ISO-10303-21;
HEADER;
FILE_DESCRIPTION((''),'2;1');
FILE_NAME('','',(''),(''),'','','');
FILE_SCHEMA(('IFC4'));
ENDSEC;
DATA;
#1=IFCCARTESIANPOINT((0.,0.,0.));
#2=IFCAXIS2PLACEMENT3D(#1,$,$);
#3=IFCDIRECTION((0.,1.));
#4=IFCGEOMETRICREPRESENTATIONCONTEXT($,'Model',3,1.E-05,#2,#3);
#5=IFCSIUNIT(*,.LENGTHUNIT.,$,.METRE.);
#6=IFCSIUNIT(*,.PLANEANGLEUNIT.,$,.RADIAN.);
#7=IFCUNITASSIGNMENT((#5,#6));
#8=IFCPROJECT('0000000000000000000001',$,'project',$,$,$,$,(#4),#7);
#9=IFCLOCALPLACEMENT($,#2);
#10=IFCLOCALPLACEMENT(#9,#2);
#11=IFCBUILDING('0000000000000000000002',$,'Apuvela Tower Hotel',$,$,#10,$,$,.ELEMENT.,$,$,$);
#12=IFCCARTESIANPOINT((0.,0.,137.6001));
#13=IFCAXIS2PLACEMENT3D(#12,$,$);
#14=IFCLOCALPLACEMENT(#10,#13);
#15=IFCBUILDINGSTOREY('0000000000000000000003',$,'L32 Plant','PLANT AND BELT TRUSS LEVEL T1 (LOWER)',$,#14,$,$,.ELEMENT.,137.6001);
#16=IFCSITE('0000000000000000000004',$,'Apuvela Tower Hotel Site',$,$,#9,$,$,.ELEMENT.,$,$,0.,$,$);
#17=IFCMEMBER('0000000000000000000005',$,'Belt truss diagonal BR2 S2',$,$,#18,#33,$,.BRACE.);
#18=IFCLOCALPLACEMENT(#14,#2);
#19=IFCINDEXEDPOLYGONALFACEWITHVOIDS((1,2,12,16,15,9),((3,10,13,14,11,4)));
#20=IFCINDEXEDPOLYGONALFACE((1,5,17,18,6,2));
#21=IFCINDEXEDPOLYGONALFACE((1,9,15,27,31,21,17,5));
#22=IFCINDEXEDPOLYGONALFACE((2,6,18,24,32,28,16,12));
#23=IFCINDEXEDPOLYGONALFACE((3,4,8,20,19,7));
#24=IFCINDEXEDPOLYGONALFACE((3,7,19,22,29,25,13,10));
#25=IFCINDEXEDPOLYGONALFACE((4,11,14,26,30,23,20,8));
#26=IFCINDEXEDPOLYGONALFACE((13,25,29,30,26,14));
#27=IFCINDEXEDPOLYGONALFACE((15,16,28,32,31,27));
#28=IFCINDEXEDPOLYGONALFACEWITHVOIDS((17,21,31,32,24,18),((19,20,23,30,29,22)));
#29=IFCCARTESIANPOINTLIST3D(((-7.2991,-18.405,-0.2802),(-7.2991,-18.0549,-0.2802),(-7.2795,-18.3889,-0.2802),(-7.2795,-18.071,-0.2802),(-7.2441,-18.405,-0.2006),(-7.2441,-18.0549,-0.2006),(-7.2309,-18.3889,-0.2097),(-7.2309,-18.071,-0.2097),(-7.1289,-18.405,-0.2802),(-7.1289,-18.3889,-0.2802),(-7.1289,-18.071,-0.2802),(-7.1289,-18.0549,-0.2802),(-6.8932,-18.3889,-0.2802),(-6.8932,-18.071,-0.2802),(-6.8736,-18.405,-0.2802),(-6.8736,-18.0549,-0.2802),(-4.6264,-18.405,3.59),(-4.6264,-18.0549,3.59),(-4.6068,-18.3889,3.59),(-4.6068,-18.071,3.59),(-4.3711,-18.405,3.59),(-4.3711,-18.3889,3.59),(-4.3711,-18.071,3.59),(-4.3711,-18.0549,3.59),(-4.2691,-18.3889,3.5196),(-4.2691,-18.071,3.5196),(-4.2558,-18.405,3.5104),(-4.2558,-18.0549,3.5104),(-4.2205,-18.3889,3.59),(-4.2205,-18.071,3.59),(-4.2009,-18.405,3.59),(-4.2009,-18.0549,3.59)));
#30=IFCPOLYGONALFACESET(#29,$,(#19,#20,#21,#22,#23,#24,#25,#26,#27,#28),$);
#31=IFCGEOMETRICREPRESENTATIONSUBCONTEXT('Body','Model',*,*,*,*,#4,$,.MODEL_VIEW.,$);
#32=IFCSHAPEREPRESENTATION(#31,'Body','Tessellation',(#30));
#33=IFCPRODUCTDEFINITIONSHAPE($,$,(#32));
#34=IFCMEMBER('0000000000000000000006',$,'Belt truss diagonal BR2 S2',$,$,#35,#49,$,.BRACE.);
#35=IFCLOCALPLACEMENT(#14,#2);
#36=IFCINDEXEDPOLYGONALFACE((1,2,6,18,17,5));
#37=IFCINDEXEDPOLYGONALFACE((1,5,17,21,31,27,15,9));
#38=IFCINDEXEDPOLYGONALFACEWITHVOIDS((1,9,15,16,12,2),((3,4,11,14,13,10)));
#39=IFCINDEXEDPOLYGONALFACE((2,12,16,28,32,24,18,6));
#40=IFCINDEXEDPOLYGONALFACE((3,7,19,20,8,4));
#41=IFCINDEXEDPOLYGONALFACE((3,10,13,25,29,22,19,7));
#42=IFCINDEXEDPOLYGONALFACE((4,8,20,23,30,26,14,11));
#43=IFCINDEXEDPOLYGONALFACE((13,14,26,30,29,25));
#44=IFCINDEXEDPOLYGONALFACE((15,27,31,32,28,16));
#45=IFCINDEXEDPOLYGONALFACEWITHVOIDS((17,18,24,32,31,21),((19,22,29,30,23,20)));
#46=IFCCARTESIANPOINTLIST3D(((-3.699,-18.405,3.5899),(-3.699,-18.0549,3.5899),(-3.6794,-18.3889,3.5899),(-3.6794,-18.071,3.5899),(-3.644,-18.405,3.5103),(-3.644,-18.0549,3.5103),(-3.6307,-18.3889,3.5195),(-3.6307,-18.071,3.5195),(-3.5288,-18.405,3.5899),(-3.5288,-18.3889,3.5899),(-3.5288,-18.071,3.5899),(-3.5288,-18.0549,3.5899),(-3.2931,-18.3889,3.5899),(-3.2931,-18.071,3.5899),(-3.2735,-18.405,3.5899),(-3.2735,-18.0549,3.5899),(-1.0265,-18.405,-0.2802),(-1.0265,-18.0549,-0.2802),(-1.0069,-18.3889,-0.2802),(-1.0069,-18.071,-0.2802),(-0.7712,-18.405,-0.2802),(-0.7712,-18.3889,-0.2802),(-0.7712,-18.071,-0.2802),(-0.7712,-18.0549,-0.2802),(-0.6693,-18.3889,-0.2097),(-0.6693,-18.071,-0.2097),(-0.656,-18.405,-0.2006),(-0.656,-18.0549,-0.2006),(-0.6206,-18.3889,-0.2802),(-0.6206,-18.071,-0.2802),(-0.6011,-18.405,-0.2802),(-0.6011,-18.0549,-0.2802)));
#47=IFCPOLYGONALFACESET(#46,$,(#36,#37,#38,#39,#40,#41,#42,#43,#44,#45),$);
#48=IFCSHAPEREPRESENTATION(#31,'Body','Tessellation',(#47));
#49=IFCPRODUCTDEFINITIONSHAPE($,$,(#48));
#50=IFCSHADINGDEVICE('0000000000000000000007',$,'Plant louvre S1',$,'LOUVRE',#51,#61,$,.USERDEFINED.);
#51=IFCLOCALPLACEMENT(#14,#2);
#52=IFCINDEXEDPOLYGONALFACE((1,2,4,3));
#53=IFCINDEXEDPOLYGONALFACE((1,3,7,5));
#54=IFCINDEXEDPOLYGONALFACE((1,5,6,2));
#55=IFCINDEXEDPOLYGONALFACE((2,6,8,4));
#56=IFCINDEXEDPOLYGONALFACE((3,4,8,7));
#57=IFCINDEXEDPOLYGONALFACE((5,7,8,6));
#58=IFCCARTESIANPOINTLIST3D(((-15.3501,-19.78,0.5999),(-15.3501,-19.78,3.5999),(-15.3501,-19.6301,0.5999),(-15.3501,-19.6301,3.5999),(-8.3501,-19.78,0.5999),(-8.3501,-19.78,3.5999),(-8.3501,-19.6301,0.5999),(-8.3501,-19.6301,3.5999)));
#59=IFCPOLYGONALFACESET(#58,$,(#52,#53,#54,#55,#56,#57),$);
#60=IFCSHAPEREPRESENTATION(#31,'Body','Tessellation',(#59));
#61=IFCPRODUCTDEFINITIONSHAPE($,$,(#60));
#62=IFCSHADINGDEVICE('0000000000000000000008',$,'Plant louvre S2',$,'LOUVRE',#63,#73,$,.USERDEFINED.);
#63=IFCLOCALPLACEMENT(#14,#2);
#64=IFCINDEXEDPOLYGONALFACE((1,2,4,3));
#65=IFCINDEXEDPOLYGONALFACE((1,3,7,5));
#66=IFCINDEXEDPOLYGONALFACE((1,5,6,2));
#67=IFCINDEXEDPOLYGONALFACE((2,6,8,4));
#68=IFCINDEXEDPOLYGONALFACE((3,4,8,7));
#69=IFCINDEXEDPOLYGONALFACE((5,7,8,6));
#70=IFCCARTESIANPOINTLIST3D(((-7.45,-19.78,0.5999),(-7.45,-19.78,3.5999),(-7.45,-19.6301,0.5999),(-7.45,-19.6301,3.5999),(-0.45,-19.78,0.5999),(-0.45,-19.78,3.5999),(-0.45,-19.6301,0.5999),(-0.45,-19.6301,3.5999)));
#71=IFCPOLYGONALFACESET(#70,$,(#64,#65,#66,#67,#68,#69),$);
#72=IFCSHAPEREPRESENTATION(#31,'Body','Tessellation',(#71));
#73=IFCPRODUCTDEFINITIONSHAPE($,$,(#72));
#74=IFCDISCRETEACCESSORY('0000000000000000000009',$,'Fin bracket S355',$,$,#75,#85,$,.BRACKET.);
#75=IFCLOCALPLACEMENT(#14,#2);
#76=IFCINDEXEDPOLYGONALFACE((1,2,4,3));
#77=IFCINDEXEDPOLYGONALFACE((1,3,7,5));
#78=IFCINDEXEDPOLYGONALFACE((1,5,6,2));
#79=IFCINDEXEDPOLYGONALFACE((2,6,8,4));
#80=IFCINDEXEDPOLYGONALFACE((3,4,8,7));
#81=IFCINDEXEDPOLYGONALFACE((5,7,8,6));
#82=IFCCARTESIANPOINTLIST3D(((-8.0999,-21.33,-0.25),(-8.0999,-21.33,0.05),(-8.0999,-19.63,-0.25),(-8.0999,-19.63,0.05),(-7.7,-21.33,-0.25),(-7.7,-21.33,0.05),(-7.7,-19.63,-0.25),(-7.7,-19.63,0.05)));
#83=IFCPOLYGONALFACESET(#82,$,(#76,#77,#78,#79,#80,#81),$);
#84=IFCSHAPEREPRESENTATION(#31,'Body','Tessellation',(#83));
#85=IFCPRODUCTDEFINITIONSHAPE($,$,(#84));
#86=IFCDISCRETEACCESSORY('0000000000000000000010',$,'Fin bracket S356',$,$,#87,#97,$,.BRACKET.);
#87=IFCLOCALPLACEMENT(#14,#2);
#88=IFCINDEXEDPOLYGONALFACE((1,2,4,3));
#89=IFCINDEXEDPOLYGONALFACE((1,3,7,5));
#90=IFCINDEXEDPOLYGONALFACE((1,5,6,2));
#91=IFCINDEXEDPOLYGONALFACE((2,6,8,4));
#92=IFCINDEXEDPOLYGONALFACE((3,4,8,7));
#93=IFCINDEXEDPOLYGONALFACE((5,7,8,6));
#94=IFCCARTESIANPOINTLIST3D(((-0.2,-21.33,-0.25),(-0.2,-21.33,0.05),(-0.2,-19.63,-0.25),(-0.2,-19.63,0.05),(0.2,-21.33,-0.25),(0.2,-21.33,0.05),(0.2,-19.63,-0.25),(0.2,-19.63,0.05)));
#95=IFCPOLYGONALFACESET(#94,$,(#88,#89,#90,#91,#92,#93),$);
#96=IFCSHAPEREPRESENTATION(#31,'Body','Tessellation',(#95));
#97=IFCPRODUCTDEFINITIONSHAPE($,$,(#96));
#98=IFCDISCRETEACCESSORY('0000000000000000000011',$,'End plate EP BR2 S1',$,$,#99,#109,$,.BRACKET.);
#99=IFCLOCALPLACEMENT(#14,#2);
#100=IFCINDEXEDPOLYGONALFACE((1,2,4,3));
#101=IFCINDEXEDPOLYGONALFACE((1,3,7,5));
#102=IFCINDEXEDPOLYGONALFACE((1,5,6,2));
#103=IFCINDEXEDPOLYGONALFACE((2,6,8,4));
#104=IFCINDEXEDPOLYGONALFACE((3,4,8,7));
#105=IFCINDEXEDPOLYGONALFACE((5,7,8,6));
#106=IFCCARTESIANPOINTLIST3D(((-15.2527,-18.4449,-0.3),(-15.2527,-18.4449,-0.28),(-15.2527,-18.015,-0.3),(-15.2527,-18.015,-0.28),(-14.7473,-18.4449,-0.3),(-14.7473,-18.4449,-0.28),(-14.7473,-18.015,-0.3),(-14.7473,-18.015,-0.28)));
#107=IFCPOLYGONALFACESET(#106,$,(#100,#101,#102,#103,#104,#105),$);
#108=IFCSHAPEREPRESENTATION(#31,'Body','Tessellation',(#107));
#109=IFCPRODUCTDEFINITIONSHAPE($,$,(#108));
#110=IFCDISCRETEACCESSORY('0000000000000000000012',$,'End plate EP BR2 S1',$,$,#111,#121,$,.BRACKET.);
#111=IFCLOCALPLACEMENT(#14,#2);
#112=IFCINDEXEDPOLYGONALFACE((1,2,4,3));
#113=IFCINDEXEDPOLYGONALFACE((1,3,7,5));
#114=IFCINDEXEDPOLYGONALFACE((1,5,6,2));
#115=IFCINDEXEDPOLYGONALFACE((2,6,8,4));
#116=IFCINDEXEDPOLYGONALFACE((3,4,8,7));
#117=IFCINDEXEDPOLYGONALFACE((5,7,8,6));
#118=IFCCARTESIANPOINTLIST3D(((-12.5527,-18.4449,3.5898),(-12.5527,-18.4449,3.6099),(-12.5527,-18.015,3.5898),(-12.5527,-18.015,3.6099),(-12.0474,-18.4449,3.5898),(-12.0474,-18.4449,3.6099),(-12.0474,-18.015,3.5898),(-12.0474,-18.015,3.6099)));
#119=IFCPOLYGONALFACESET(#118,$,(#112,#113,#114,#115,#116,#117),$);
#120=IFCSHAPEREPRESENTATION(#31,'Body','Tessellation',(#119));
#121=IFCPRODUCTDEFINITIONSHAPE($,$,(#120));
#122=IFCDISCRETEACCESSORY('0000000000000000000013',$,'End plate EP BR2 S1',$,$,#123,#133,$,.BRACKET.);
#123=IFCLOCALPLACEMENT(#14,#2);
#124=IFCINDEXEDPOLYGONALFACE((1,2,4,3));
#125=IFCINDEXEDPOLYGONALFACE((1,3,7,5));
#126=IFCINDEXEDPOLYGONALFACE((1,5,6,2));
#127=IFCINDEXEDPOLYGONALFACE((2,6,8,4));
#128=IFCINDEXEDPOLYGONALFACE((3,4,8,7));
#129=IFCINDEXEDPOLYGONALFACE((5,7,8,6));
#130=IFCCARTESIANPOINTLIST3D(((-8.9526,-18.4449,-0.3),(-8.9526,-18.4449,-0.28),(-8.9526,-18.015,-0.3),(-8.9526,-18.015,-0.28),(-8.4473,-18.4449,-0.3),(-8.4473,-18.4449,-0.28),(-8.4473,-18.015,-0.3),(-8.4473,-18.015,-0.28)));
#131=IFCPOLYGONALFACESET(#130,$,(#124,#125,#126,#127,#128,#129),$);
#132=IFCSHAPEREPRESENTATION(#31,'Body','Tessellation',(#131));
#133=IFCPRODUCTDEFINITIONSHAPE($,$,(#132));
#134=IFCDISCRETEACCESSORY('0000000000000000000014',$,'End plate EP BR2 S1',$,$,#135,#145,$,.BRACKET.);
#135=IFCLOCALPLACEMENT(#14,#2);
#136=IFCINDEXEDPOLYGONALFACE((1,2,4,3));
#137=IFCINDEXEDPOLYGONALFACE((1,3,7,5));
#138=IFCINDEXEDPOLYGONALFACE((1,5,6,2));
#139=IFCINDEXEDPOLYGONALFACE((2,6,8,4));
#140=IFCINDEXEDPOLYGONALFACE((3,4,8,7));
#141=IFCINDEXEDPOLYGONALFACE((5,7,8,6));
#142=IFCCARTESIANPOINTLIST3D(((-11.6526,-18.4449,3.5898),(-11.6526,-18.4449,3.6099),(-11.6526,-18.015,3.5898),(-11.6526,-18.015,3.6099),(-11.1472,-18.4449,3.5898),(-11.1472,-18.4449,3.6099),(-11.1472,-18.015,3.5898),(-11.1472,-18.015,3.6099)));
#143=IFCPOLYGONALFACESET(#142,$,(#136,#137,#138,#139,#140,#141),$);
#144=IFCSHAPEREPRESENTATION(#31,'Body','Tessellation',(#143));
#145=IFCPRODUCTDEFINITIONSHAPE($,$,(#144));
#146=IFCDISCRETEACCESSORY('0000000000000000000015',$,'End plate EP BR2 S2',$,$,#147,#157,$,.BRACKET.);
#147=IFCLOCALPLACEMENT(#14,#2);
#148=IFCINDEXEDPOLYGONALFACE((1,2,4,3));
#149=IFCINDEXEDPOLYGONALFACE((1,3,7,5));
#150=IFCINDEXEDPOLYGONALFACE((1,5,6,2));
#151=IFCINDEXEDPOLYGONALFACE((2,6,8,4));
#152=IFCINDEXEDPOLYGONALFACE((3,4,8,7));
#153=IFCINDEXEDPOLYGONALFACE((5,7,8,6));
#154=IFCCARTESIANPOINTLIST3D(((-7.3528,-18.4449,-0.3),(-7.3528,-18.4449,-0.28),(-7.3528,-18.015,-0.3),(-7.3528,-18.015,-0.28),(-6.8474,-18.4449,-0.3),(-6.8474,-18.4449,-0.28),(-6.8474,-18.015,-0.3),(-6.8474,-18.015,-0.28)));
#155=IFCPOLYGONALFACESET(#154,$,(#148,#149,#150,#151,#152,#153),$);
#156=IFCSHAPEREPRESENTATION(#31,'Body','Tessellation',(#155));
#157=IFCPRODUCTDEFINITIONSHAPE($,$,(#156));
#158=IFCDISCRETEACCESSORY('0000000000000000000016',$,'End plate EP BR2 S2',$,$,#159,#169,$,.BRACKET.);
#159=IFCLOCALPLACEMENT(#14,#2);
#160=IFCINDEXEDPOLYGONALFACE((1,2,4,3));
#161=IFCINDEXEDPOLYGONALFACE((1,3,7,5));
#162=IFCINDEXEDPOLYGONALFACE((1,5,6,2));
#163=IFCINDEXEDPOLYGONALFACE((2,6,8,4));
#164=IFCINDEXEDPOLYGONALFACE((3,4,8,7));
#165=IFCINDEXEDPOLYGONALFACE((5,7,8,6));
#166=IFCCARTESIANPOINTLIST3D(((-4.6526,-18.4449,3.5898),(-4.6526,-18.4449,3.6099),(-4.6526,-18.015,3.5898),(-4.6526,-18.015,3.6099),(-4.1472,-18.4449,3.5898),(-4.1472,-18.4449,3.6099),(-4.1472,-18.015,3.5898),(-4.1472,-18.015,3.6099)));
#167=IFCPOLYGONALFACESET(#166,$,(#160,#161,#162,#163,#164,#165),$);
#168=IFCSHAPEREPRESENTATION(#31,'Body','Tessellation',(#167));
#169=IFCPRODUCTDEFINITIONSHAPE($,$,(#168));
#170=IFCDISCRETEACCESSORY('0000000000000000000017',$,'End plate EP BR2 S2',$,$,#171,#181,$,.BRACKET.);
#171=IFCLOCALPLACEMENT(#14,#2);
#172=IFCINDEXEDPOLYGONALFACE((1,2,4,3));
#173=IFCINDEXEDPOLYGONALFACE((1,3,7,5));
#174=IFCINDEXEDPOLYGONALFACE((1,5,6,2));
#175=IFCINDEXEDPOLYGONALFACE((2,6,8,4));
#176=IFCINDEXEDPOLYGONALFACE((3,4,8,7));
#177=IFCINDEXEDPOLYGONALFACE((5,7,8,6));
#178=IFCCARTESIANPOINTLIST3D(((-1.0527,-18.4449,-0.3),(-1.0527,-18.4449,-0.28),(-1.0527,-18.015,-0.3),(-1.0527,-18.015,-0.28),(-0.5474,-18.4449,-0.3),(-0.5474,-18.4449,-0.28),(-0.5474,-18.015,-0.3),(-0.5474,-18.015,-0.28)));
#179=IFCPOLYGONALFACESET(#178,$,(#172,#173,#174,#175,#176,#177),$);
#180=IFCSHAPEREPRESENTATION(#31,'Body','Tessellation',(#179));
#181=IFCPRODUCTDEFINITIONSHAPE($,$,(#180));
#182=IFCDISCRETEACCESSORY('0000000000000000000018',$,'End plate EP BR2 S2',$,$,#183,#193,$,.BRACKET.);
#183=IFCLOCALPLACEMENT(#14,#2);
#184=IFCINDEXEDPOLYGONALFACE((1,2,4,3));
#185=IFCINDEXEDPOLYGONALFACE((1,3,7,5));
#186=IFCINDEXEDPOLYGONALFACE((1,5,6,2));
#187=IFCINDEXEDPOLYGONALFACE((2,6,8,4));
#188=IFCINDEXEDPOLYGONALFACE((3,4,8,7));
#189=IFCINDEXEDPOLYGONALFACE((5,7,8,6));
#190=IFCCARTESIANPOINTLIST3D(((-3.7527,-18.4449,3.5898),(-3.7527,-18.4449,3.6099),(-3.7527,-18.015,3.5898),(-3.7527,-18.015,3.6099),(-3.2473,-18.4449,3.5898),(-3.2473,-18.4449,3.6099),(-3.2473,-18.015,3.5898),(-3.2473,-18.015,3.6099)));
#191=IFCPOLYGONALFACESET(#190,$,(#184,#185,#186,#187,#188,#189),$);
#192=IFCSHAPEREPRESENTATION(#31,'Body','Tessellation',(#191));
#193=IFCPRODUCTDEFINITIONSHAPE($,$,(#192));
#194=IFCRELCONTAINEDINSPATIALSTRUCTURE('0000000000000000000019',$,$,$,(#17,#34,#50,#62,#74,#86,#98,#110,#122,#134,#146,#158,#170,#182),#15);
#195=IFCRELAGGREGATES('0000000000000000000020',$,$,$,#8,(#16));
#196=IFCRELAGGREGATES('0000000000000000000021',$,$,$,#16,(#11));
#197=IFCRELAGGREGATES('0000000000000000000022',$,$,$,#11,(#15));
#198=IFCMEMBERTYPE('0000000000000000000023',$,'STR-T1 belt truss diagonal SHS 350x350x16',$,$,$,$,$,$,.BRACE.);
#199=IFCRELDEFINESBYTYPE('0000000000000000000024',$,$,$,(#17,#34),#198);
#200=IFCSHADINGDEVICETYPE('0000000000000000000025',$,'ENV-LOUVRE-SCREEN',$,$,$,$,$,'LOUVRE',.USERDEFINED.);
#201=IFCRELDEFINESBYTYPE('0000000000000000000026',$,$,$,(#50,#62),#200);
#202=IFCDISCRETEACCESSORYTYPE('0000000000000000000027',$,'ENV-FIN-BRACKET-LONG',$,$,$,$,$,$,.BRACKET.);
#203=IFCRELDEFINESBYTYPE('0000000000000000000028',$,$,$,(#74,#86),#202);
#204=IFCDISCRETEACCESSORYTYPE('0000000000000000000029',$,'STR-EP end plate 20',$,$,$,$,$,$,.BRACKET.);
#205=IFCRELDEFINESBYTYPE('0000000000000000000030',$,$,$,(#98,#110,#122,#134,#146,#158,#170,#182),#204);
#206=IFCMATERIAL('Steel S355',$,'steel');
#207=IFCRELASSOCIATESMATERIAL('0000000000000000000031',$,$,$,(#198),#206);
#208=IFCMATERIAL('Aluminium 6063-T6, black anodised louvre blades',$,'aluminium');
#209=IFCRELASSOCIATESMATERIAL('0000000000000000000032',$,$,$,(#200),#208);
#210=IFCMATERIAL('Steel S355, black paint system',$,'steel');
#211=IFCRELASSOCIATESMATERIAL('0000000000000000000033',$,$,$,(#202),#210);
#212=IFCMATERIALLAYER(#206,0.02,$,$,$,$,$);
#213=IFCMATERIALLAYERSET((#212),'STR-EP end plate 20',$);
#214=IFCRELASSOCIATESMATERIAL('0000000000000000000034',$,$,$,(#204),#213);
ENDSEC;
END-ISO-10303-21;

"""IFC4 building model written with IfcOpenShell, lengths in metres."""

from ifc_helpers import new_model, si_unit, direction, frame, origin, origin_2d, place, context, subcontext, project, spatial, rectangle, hollow_rectangle, extrude, boolean, halfspace, material, layer, layer_set, material_profile, profile_set, type_object, element, save


model = new_model("IFC4")

# Units and contexts
model_context = context("Model", 3, precision=1e-05, world=origin(), true_north=direction((0.0, 1.0)))
body_context = subcontext(model_context, "Body", "Model", "MODEL_VIEW")
ifc_project = project(units=[si_unit("LENGTHUNIT", "METRE"), si_unit("PLANEANGLEUNIT", "RADIAN")], contexts=[model_context])

# Site, building, storey
site_placement = place(None, origin())
site = spatial("IfcSite", under=ifc_project, at=site_placement, Name="Apuvela Tower Hotel Site", CompositionType="ELEMENT", RefElevation=0.0)
building_placement = place(site_placement, origin())
building = spatial("IfcBuilding", under=site, at=building_placement, Name="Apuvela Tower Hotel", CompositionType="ELEMENT")
storey_placement = place(building_placement, frame((0.0, 0.0, 137.6001)))
storey = spatial("IfcBuildingStorey", under=building, at=storey_placement, Name="L32 Plant", Description="PLANT AND BELT TRUSS LEVEL T1 (LOWER)", CompositionType="ELEMENT", Elevation=137.6001)

# Shared definitions
ifc_material_1 = material(Name="Steel S355", Category="steel")

# Members
ifc_material_profile_1 = material_profile(ifc_material_1, hollow_rectangle(XDim=0.3501, YDim=0.3501, WallThickness=0.0161, at=origin_2d()), Name="SHS 350x350x16")
ifc_profile_set_1 = profile_set([ifc_material_profile_1], Name="Steel S355")
member_type_1 = type_object("IfcMemberType", Name="STR-T1 belt truss diagonal SHS 350x350x16", PredefinedType="BRACE", material=ifc_profile_set_1)
member_1_placement = place(storey_placement, frame((-7.1001, -18.23, -0.3), z_axis=(0.568261, 0.0, 0.822848), x_axis=(-0.822848, 0.0, 0.568261)))
solid_1 = boolean("DIFFERENCE", boolean("DIFFERENCE", extrude(hollow_rectangle(XDim=0.3501, YDim=0.3501, WallThickness=0.0161, at=origin_2d()), frame((0.0, 0.0, -0.2407)), (0.0, 0.0, 1.0), 5.2334), halfspace(frame((0.0, 0.0, 0.0242), z_axis=(0.568261, 0.0, 0.822848), x_axis=(0.822848, 0.0, -0.568261)), True)), halfspace(frame((0.0, 0.0, 4.7275), z_axis=(0.568261, 0.0, 0.822848), x_axis=(0.822848, 0.0, -0.568261)), False))
element("IfcMember", 1, at=member_1_placement, inside=storey, type_object=member_type_1, Name="Belt truss diagonal BR2 S2", PredefinedType="BRACE", context=body_context, shape_type="SweptSolid", body=[
    boolean("UNION", boolean("DIFFERENCE", boolean("DIFFERENCE", extrude(hollow_rectangle(XDim=0.3501, YDim=0.3501, WallThickness=0.0161, at=origin_2d()), origin(), (0.0, 0.0, 1.0), 4.7517), halfspace(frame((0.0, 0.0, 0.0242), z_axis=(0.568261, 0.0, 0.822848), x_axis=(0.822848, 0.0, -0.568261)), True)), halfspace(frame((0.0, 0.0, 4.7275), z_axis=(0.568261, 0.0, 0.822848), x_axis=(0.822848, 0.0, -0.568261)), False)), solid_1),
])
member_2_placement = place(storey_placement, frame((-0.8, -18.23, -0.3), z_axis=(-0.568226, 0.0, 0.822872), x_axis=(0.822872, 0.0, 0.568226)))
solid_2 = boolean("DIFFERENCE", boolean("DIFFERENCE", extrude(hollow_rectangle(XDim=0.3501, YDim=0.3501, WallThickness=0.0161, at=origin_2d()), frame((0.0, 0.0, -0.2407)), (0.0, 0.0, 1.0), 5.2332), halfspace(frame((0.0, 0.0, 0.0242), z_axis=(0.568226, 0.0, 0.822872), x_axis=(0.822872, 0.0, -0.568226)), True)), halfspace(frame((0.0, 0.0, 4.7273), z_axis=(0.568226, 0.0, 0.822872), x_axis=(0.822872, 0.0, -0.568226)), False))
element("IfcMember", 2, at=member_2_placement, inside=storey, type_object=member_type_1, Name="Belt truss diagonal BR2 S2", PredefinedType="BRACE", context=body_context, shape_type="SweptSolid", body=[
    boolean("UNION", boolean("DIFFERENCE", boolean("DIFFERENCE", extrude(hollow_rectangle(XDim=0.3501, YDim=0.3501, WallThickness=0.0161, at=origin_2d()), origin(), (0.0, 0.0, 1.0), 4.7515), halfspace(frame((0.0, 0.0, 0.0242), z_axis=(0.568226, 0.0, 0.822872), x_axis=(0.822872, 0.0, -0.568226)), True)), halfspace(frame((0.0, 0.0, 4.7273), z_axis=(0.568226, 0.0, 0.822872), x_axis=(0.822872, 0.0, -0.568226)), False)), solid_2),
])

# Shading devices
ifc_material_2 = material(Name="Aluminium 6063-T6, black anodised louvre blades", Category="aluminium")
shading_device_type = type_object("IfcShadingDeviceType", Name="ENV-LOUVRE-SCREEN", ElementType="LOUVRE", PredefinedType="USERDEFINED", material=ifc_material_2)
for number, where, z_axis, x_axis, name in (
    (3, (-11.8501, -19.7051, 0.5999), (0.0, 0.0, 1.0), (1.0, 0.0, 0.0), "Plant louvre S1"),
    (4, (-3.95, -19.7051, 0.5999), (0.0, 0.0, 1.0), (1.0, 0.0, 0.0), "Plant louvre S2"),
):
    element("IfcShadingDevice", number, at=place(storey_placement, frame(where, z_axis=z_axis, x_axis=x_axis)), inside=storey, type_object=shading_device_type, Name=name, ObjectType="LOUVRE", PredefinedType="USERDEFINED", context=body_context, shape_type="SweptSolid", body=[
        extrude(rectangle(XDim=7.0, YDim=0.1499, at=origin_2d()), origin(), (0.0, 0.0, 1.0), 3.0),
    ])

# Discrete accessories
ifc_material_3 = material(Name="Steel S355, black paint system", Category="steel")
discrete_accessory_type_1 = type_object("IfcDiscreteAccessoryType", Name="ENV-FIN-BRACKET-LONG", PredefinedType="BRACKET", material=ifc_material_3)
for number, where, z_axis, x_axis, name in (
    (5, (-7.8999, -20.48, -0.25), (0.0, 0.0, 1.0), (1.0, 0.0, 0.0), "Fin bracket S355"),
    (6, (0.0, -20.48, -0.25), (0.0, 0.0, 1.0), (1.0, 0.0, 0.0), "Fin bracket S356"),
):
    element("IfcDiscreteAccessory", number, at=place(storey_placement, frame(where, z_axis=z_axis, x_axis=x_axis)), inside=storey, type_object=discrete_accessory_type_1, Name=name, PredefinedType="BRACKET", context=body_context, shape_type="SweptSolid", body=[
        extrude(rectangle(XDim=0.3999, YDim=1.7, at=origin_2d()), origin(), (0.0, 0.0, 1.0), 0.3),
    ])
ifc_layer = layer(ifc_material_1, 0.02)
ifc_layer_set = layer_set([ifc_layer], Name="STR-EP end plate 20")
discrete_accessory_type_2 = type_object("IfcDiscreteAccessoryType", Name="STR-EP end plate 20", PredefinedType="BRACKET", material=ifc_layer_set)
for number, where, z_axis, x_axis, name in (
    (7, (-15.0, -18.23, -0.3), (0.0, 0.0, 1.0), (1.0, 0.0, 0.0), "End plate EP BR2 S1"),
    (8, (-12.3, -18.23, 3.5898), (0.0, 0.0, 1.0), (1.0, 0.0, 0.0), "End plate EP BR2 S1"),
    (9, (-8.7, -18.23, -0.3), (0.0, 0.0, 1.0), (-1.0, 0.0, 0.0), "End plate EP BR2 S1"),
    (10, (-11.3999, -18.23, 3.5898), (0.0, 0.0, 1.0), (-1.0, 0.0, 0.0), "End plate EP BR2 S1"),
    (11, (-7.1001, -18.23, -0.3), (0.0, 0.0, 1.0), (1.0, 0.0, 0.0), "End plate EP BR2 S2"),
    (12, (-4.3999, -18.23, 3.5898), (0.0, 0.0, 1.0), (1.0, 0.0, 0.0), "End plate EP BR2 S2"),
    (13, (-0.8, -18.23, -0.3), (0.0, 0.0, 1.0), (-1.0, 0.0, 0.0), "End plate EP BR2 S2"),
    (14, (-3.5, -18.23, 3.5898), (0.0, 0.0, 1.0), (-1.0, 0.0, 0.0), "End plate EP BR2 S2"),
):
    element("IfcDiscreteAccessory", number, at=place(storey_placement, frame(where, z_axis=z_axis, x_axis=x_axis)), inside=storey, type_object=discrete_accessory_type_2, Name=name, PredefinedType="BRACKET", context=body_context, shape_type="SweptSolid", body=[
        extrude(rectangle(XDim=0.5054, YDim=0.4299, at=origin_2d()), origin(), (0.0, 0.0, 1.0), 0.02),
    ])

save(model, "model.ifc")
